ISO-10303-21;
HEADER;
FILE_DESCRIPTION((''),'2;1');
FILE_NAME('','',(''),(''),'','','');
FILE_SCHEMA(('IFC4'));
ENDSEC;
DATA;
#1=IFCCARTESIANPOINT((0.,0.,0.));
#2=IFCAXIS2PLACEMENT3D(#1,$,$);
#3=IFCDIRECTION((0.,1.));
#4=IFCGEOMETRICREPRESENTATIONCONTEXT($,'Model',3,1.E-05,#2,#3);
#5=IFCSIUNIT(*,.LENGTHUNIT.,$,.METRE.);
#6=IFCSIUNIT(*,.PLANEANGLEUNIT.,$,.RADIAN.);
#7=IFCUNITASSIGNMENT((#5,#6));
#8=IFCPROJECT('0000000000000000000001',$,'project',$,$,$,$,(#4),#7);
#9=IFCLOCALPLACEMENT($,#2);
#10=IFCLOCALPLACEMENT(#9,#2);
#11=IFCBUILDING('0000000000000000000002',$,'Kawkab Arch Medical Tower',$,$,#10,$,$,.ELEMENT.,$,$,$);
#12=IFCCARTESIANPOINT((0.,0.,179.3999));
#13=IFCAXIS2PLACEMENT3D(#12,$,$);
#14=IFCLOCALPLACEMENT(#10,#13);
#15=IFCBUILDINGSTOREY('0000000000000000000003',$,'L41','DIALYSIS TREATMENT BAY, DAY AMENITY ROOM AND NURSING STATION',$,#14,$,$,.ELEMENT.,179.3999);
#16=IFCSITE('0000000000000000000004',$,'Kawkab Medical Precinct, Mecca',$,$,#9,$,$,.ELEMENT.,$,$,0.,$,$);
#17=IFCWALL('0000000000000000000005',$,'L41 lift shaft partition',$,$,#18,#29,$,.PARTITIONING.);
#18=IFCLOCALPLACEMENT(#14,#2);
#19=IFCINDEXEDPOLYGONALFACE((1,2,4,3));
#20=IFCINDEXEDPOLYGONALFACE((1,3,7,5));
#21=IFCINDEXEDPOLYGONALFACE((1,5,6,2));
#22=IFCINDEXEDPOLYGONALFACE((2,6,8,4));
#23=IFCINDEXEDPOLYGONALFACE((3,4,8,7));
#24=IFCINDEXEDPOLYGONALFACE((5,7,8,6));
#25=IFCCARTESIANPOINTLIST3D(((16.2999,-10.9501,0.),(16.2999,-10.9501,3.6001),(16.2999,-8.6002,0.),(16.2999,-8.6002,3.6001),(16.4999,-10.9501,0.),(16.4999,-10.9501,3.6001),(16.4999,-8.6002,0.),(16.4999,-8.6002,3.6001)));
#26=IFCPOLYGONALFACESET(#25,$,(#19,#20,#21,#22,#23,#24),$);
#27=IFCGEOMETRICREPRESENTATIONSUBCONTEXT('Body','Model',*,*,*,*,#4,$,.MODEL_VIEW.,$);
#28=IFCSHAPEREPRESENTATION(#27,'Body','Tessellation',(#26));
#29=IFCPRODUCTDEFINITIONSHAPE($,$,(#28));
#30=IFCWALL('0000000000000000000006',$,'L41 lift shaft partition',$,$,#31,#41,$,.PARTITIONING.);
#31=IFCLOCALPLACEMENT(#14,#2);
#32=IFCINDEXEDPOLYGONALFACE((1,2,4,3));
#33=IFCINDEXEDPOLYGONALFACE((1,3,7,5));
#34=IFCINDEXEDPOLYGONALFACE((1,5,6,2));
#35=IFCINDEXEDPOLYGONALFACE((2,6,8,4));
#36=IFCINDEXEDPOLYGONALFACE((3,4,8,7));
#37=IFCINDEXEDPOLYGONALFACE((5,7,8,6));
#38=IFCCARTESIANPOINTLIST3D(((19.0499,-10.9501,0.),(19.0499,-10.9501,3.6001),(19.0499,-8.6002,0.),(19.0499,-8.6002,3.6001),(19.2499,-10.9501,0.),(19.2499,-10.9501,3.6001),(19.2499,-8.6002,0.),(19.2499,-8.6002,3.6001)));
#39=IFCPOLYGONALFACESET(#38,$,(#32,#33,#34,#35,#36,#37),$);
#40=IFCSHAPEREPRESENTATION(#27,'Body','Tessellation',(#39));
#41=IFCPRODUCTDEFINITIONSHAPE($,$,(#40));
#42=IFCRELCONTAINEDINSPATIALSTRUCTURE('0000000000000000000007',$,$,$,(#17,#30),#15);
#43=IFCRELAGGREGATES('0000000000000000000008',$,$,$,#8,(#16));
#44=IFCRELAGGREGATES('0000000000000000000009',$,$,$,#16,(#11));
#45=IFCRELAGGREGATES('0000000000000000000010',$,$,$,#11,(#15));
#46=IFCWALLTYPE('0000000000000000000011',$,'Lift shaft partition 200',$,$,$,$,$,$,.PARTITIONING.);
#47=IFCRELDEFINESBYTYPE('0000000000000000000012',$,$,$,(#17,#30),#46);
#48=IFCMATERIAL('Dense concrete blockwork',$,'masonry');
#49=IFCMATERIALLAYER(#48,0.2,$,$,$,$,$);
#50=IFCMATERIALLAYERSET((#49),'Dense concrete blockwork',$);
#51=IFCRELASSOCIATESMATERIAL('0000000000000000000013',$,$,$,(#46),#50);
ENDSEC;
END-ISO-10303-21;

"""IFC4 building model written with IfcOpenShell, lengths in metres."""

from ifc_helpers import new_model, si_unit, direction, frame, frame_2d, origin, place, context, subcontext, project, spatial, rectangle, extrude, material, layer, layer_set, type_object, element, save


model = new_model("IFC4")

# Units and contexts
model_context = context("Model", 3, precision=1e-05, world=origin(), true_north=direction((0.0, 1.0)))
body_context = subcontext(model_context, "Body", "Model", "MODEL_VIEW")
ifc_project = project(units=[si_unit("LENGTHUNIT", "METRE"), si_unit("PLANEANGLEUNIT", "RADIAN")], contexts=[model_context])

# Site, building, storey
site_placement = place(None, origin())
site = spatial("IfcSite", under=ifc_project, at=site_placement, Name="Kawkab Medical Precinct, Mecca", CompositionType="ELEMENT", RefElevation=0.0)
building_placement = place(site_placement, origin())
building = spatial("IfcBuilding", under=site, at=building_placement, Name="Kawkab Arch Medical Tower", CompositionType="ELEMENT")
storey_placement = place(building_placement, frame((0.0, 0.0, 179.3999)))
storey = spatial("IfcBuildingStorey", under=building, at=storey_placement, Name="L41", Description="DIALYSIS TREATMENT BAY, DAY AMENITY ROOM AND NURSING STATION", CompositionType="ELEMENT", Elevation=179.3999)

# Walls
ifc_material_1 = material(Name="Dense concrete blockwork", Category="masonry")
ifc_layer_1 = layer(ifc_material_1, 0.2)
ifc_layer_set_1 = layer_set([ifc_layer_1], Name="Dense concrete blockwork")
wall_type_1 = type_object("IfcWallType", Name="Lift shaft partition 200", PredefinedType="PARTITIONING", material=ifc_layer_set_1)
for number, where, z_axis, x_axis, name in (
    (1, (16.3999, -10.95, 0.0), (0.0, 0.0, 1.0), (0.0, 1.0, 0.0), "L41 lift shaft partition"),
    (2, (19.1499, -10.95, 0.0), (0.0, 0.0, 1.0), (0.0, 1.0, 0.0), "L41 lift shaft partition"),
):
    element("IfcWall", number, at=place(storey_placement, frame(where, z_axis=z_axis, x_axis=x_axis)), inside=storey, type_object=wall_type_1, Name=name, PredefinedType="PARTITIONING", context=body_context, shape_type="SweptSolid", body=[
        extrude(rectangle(XDim=2.3499, YDim=0.2, at=frame_2d((1.1748, 0.0))), origin(), (0.0, 0.0, 1.0), 3.6001),
    ])

save(model, "model.ifc")
